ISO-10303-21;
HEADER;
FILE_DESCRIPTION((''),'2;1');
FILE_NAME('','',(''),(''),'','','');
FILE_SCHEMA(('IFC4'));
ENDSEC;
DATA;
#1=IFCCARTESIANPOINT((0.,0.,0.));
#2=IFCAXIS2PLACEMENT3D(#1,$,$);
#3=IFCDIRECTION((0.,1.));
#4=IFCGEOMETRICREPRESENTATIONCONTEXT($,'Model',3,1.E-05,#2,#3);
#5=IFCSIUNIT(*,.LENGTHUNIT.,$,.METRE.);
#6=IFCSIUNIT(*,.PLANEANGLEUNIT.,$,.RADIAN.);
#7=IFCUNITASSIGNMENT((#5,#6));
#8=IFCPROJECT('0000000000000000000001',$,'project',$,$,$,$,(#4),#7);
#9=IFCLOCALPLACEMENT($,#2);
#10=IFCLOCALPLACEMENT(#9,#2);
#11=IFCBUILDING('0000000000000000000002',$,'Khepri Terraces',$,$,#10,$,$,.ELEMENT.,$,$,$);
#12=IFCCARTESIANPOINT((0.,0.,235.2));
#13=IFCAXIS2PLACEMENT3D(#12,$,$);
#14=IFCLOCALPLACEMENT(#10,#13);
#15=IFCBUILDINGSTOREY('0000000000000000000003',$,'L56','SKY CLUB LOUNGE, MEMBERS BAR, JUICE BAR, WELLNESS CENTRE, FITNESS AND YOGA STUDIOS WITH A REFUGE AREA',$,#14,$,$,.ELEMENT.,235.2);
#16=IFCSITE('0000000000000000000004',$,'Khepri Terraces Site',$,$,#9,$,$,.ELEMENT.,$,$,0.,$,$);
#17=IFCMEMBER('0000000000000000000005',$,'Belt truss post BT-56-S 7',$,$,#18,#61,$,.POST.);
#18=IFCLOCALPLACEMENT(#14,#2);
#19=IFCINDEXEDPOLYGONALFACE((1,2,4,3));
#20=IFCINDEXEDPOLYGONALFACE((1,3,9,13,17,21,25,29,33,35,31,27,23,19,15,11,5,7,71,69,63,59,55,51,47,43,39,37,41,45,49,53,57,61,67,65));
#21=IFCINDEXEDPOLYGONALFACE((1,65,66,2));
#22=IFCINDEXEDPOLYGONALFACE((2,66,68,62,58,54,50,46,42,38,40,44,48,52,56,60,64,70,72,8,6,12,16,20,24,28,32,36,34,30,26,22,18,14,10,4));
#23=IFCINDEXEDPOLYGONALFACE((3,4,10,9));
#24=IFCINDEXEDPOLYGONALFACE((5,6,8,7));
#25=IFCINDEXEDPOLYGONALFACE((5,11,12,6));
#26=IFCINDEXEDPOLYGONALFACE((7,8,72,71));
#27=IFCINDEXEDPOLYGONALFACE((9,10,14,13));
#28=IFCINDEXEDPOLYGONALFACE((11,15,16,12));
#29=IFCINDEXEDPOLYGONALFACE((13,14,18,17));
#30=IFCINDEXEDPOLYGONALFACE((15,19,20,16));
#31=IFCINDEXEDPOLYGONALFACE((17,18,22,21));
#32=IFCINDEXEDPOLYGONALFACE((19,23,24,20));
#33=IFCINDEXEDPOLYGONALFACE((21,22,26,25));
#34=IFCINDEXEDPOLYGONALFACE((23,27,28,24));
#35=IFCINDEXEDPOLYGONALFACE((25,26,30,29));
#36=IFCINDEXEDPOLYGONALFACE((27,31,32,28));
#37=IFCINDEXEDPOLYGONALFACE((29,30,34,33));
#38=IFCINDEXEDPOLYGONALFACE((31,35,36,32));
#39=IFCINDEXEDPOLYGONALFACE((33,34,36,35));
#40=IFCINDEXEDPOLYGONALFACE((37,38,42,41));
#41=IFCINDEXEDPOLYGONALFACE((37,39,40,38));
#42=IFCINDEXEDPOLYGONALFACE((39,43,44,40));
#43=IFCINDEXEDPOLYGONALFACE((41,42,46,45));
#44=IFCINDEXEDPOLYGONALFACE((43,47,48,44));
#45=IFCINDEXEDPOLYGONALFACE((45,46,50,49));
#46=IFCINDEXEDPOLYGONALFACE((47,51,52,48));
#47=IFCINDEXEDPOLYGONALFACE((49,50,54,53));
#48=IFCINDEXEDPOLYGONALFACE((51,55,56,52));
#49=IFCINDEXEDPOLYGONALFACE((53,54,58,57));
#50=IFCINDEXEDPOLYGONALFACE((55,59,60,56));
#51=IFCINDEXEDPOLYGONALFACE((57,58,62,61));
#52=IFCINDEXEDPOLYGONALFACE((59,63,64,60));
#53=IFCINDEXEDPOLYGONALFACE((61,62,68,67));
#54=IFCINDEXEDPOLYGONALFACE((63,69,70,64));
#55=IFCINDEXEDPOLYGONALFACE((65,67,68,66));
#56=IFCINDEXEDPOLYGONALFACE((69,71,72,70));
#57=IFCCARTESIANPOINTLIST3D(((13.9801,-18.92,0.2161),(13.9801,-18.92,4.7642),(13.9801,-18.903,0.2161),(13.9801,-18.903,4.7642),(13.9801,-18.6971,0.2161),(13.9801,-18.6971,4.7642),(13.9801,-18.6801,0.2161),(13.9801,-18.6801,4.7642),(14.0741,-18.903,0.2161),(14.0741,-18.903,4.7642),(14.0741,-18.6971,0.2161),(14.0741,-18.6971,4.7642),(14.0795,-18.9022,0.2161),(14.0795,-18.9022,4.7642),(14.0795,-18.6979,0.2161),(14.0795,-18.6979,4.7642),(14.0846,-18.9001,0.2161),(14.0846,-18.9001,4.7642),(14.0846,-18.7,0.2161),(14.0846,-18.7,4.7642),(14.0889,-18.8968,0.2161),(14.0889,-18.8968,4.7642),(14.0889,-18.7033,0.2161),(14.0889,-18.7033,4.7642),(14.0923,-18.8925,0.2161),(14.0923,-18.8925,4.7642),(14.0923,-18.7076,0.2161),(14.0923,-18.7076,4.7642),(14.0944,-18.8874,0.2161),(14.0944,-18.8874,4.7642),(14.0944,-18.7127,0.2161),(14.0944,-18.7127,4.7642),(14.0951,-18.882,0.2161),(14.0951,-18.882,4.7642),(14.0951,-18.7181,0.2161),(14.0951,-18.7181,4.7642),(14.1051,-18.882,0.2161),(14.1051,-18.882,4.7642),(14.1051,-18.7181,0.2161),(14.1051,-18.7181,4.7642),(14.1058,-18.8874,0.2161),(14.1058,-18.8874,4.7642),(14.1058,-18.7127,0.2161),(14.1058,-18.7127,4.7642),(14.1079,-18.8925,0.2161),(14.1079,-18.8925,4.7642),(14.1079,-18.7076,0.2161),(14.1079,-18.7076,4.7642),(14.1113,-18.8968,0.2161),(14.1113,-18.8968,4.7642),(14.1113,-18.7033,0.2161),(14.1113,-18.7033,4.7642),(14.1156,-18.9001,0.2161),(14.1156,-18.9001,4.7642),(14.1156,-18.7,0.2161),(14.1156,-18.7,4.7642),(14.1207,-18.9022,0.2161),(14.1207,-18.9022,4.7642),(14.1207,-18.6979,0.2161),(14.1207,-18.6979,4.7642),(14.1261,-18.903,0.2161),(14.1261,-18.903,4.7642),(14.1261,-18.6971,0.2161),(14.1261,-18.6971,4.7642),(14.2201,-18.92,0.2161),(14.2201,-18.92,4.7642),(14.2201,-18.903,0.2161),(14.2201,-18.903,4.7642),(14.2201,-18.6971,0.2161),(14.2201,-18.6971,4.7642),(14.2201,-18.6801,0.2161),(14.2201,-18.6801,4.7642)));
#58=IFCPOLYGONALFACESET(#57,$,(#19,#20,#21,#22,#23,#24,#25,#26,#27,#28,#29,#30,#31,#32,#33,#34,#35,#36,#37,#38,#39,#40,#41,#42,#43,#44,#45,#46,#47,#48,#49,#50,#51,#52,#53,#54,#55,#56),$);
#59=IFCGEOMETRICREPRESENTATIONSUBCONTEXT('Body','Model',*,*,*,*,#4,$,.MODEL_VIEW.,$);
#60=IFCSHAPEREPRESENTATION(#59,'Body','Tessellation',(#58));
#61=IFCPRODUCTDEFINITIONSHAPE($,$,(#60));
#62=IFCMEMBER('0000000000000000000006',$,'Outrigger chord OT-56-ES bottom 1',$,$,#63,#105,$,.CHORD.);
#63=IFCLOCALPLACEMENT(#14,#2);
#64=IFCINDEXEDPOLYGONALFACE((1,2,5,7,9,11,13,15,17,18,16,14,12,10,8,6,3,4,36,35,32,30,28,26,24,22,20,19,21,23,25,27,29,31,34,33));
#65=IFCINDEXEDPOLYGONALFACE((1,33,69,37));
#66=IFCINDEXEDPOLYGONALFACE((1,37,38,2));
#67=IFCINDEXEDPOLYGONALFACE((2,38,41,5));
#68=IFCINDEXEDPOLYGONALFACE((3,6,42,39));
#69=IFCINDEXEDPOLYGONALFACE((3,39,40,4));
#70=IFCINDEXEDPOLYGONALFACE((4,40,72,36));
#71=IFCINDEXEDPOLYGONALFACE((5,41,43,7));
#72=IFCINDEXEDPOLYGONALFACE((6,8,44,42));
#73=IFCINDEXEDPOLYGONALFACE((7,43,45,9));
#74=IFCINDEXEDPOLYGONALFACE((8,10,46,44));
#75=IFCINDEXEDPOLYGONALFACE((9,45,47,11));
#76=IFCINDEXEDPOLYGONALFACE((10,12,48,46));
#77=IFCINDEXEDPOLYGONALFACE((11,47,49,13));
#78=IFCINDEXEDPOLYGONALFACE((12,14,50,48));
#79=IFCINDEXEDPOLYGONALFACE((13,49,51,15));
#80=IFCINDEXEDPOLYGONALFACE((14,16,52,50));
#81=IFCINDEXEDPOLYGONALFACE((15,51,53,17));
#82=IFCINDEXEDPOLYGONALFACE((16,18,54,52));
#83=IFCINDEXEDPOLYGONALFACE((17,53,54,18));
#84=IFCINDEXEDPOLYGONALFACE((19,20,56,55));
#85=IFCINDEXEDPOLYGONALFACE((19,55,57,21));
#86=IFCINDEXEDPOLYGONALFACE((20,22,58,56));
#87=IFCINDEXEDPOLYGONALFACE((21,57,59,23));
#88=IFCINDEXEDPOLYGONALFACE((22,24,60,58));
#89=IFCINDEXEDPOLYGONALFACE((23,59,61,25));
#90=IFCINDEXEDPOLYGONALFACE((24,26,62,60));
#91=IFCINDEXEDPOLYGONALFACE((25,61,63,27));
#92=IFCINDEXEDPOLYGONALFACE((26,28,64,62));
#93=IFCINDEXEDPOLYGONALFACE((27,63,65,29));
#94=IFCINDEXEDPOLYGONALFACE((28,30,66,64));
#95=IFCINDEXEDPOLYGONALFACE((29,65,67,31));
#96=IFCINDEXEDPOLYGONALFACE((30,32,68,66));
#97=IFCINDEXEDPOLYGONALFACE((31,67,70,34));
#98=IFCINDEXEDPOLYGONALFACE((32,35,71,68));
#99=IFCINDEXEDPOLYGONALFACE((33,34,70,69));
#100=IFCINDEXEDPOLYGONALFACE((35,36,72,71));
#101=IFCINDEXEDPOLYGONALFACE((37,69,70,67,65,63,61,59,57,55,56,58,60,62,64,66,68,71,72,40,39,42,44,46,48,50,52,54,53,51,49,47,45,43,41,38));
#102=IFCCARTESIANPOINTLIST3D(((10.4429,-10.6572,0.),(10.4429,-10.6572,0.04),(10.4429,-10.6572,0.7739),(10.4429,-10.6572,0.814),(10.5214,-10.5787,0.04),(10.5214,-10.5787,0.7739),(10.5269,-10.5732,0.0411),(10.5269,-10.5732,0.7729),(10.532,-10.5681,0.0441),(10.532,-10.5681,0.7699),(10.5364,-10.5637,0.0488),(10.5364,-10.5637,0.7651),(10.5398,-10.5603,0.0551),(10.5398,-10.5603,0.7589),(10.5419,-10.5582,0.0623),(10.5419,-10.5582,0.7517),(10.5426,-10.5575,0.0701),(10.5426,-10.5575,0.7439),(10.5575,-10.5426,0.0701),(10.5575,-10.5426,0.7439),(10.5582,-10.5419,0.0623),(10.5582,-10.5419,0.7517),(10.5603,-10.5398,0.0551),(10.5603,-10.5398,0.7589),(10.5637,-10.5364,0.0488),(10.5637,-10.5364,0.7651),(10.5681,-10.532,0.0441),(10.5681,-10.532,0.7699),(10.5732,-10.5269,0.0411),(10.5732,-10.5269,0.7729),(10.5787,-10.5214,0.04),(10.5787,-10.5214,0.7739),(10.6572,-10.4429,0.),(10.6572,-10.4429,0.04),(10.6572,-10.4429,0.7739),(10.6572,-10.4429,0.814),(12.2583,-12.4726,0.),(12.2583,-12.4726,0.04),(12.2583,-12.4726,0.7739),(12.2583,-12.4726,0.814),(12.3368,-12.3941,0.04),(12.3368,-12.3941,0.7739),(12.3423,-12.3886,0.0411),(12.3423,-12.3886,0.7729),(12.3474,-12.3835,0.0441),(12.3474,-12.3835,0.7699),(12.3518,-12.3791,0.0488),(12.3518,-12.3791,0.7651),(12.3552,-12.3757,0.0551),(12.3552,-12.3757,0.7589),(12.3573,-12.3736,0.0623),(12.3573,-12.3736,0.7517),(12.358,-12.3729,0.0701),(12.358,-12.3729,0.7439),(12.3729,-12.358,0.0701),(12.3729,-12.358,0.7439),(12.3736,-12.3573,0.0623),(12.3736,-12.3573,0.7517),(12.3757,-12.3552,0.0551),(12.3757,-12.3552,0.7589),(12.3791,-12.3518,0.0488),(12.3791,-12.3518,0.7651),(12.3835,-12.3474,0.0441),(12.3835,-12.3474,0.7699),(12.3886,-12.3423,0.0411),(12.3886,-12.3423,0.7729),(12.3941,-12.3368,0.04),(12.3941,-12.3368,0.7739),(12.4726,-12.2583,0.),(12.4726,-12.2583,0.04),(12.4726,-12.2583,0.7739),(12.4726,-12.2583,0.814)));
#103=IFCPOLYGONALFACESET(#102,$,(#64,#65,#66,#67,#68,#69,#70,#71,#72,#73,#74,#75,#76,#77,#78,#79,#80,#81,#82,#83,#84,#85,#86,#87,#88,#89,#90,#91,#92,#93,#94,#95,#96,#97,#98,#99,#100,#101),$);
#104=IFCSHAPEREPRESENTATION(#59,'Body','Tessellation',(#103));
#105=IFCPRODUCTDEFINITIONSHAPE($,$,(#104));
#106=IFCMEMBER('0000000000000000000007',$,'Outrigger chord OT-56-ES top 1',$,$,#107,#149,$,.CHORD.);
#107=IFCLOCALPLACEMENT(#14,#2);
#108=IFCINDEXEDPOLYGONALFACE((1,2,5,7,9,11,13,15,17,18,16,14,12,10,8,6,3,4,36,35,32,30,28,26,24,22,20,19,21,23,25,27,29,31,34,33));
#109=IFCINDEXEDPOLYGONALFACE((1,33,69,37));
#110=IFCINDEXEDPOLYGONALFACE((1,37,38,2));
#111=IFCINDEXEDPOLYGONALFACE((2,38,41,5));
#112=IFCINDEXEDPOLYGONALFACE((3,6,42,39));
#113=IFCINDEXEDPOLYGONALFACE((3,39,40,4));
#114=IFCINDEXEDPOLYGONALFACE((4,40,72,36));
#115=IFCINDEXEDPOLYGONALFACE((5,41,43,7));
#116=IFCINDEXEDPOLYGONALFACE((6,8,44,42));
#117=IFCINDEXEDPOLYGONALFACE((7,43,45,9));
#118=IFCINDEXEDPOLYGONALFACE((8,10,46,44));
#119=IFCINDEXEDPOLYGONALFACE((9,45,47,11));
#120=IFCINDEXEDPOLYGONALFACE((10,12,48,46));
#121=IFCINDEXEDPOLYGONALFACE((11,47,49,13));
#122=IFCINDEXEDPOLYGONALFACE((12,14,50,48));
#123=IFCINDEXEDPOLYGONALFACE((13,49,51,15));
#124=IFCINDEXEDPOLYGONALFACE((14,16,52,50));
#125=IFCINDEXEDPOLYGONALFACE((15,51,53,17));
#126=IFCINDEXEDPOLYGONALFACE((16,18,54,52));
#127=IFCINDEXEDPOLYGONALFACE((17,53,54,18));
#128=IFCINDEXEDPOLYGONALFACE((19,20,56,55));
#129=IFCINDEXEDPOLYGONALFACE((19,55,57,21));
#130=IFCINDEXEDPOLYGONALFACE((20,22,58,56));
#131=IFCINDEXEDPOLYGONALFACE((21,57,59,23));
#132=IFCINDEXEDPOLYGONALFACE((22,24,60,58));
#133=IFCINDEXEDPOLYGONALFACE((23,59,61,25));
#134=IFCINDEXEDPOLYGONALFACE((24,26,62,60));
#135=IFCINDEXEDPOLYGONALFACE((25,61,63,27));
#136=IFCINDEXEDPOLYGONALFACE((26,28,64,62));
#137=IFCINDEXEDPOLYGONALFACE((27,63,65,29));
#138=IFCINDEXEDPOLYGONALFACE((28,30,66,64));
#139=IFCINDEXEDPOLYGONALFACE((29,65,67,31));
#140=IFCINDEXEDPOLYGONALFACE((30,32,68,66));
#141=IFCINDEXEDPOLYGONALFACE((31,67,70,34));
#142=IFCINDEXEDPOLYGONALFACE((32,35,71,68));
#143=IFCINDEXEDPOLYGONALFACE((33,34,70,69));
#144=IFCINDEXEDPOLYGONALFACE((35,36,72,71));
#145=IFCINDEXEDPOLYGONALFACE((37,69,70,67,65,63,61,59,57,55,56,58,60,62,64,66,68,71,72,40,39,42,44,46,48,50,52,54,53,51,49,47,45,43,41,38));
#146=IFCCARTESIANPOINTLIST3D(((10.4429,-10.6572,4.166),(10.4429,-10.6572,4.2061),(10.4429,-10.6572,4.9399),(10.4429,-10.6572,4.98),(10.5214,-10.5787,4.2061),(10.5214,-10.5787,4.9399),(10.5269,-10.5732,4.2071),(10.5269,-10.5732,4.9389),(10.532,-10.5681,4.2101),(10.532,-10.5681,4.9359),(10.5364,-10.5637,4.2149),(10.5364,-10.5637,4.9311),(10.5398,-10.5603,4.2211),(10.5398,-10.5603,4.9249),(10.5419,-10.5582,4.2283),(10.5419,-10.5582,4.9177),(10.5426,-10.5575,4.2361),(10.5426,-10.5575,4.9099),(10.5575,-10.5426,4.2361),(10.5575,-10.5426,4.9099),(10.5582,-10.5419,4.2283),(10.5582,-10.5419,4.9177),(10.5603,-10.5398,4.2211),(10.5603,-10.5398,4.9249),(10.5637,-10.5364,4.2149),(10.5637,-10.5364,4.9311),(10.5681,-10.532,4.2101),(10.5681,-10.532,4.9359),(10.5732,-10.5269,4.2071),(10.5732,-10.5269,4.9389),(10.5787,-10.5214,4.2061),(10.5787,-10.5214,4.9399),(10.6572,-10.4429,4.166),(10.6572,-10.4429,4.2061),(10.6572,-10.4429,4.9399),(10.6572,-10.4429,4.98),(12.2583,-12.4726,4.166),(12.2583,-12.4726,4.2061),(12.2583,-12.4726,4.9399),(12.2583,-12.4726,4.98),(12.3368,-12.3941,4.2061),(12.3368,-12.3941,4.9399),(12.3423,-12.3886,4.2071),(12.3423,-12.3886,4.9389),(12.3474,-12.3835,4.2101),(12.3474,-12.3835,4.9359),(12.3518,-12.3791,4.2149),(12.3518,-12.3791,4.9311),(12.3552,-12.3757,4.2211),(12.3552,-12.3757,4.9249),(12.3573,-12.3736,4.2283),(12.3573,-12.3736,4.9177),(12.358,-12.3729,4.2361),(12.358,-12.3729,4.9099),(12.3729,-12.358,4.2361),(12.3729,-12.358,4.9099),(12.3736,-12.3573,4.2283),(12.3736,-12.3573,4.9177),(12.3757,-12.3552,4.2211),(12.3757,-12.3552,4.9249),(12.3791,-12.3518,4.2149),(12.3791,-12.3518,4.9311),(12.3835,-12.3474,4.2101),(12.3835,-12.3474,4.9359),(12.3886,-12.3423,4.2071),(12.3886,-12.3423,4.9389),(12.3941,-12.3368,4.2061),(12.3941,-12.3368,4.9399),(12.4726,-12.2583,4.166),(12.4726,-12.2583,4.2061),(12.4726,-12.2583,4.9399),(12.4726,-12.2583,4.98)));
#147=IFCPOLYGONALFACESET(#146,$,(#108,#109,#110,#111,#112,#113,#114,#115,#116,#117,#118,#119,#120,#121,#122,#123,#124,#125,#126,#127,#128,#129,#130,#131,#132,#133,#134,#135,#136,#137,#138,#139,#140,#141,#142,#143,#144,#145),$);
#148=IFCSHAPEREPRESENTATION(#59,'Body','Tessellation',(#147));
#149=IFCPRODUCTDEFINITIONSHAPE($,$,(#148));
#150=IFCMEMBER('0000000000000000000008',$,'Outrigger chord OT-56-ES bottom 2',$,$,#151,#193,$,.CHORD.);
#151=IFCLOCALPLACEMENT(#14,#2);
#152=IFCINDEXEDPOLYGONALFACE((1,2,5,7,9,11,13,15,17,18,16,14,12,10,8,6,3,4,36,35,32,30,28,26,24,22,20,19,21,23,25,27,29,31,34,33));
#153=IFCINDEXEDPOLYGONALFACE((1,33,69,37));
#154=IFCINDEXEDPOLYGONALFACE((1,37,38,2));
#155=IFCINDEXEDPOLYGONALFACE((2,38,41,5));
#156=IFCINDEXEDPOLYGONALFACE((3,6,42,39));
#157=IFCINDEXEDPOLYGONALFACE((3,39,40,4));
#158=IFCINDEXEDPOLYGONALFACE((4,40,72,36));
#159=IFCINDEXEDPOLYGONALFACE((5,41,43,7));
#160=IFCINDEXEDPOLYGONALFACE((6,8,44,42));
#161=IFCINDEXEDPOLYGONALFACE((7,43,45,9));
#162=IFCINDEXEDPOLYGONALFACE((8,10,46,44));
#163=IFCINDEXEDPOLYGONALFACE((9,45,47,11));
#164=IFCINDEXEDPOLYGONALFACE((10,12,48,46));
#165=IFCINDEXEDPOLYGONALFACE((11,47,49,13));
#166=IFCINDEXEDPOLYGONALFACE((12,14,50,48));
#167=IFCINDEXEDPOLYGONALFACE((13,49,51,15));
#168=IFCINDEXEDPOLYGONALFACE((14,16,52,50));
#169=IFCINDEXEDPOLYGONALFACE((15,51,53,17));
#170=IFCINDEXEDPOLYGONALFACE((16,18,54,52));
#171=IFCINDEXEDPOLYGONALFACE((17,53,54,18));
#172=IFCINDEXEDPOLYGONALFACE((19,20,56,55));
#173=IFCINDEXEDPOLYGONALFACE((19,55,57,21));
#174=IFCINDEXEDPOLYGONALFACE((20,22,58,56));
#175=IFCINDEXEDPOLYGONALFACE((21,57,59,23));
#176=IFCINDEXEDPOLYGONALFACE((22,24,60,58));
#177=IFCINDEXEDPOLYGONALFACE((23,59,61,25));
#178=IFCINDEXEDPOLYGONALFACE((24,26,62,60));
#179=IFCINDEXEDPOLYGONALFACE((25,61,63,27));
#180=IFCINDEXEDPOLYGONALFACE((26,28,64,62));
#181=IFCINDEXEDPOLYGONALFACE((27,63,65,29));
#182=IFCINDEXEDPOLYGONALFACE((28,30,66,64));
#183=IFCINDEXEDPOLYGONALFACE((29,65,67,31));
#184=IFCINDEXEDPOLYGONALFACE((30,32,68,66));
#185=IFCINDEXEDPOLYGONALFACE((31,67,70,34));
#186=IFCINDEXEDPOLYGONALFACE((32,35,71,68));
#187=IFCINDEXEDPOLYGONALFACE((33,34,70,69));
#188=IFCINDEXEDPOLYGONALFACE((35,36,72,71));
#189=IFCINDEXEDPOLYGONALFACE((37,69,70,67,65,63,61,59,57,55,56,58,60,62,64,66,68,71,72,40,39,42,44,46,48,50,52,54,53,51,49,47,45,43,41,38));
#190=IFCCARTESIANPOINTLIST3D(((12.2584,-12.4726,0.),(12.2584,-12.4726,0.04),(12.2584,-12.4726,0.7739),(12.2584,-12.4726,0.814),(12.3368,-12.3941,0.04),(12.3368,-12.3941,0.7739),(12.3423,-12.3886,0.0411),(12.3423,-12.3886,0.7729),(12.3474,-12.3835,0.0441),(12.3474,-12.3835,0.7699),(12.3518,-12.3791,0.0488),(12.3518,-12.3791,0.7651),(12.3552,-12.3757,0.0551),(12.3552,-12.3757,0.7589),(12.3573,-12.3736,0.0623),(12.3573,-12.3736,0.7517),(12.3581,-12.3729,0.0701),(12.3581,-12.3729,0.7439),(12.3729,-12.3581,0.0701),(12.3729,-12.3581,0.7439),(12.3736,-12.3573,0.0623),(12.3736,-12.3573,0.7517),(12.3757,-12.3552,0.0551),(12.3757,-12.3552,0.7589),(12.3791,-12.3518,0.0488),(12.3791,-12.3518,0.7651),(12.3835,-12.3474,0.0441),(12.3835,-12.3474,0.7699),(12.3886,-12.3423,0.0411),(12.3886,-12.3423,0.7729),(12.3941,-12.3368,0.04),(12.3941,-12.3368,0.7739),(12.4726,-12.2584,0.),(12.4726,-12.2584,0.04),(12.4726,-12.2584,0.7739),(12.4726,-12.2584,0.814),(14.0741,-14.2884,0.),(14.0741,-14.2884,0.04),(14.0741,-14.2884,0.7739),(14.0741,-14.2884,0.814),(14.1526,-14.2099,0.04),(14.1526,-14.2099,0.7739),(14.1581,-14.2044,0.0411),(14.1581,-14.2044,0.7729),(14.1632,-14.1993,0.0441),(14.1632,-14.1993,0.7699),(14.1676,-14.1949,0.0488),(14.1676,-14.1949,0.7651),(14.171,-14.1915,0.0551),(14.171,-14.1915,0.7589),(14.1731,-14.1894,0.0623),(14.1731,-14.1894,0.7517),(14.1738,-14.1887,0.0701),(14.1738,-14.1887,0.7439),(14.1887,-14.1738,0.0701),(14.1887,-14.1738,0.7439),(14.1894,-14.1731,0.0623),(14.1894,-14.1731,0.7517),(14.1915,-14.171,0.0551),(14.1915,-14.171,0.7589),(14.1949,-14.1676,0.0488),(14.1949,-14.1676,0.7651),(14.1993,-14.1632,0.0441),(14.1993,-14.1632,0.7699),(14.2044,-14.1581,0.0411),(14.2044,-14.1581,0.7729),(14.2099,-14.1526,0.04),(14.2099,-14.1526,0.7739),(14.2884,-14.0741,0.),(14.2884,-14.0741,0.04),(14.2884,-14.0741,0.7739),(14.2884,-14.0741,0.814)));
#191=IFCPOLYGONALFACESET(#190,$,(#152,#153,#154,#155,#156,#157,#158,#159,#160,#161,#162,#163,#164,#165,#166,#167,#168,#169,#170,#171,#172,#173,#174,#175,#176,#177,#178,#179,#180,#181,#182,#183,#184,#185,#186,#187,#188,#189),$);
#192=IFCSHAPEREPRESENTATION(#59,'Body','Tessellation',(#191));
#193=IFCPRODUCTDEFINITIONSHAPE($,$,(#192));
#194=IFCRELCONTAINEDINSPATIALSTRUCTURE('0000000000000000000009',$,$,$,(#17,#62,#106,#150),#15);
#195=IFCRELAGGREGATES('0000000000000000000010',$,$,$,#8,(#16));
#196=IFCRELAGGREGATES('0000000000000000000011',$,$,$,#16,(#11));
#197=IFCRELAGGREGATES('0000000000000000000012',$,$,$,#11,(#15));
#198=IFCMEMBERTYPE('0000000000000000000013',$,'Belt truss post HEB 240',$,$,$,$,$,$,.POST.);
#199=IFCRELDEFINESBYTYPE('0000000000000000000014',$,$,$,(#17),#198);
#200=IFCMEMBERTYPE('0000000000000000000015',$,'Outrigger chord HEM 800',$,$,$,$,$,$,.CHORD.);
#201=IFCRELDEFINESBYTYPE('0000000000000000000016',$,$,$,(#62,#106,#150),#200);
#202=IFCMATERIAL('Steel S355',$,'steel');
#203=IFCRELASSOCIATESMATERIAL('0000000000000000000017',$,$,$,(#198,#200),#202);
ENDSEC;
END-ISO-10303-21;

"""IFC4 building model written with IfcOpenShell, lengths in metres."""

from ifc_helpers import new_model, si_unit, direction, frame, origin, origin_2d, place, context, subcontext, project, spatial, i_section, extrude, material, material_profile, profile_set, type_object, element, save


model = new_model("IFC4")

# Units and contexts
model_context = context("Model", 3, precision=1e-05, world=origin(), true_north=direction((0.0, 1.0)))
body_context = subcontext(model_context, "Body", "Model", "MODEL_VIEW")
ifc_project = project(units=[si_unit("LENGTHUNIT", "METRE"), si_unit("PLANEANGLEUNIT", "RADIAN")], contexts=[model_context])

# Site, building, storey
site_placement = place(None, origin())
site = spatial("IfcSite", under=ifc_project, at=site_placement, Name="Khepri Terraces Site", CompositionType="ELEMENT", RefElevation=0.0)
building_placement = place(site_placement, origin())
building = spatial("IfcBuilding", under=site, at=building_placement, Name="Khepri Terraces", CompositionType="ELEMENT")
storey_placement = place(building_placement, frame((0.0, 0.0, 235.2)))
storey = spatial("IfcBuildingStorey", under=building, at=storey_placement, Name="L56", Description="SKY CLUB LOUNGE, MEMBERS BAR, JUICE BAR, WELLNESS CENTRE, FITNESS AND YOGA STUDIOS WITH A REFUGE AREA", CompositionType="ELEMENT", Elevation=235.2)

# Members
ifc_material_1 = material(Name="Steel S355", Category="steel")
ifc_material_profile_1 = material_profile(ifc_material_1, i_section(OverallWidth=0.24, OverallDepth=0.24, WebThickness=0.01, FlangeThickness=0.0171, FilletRadius=0.021, at=origin_2d()), Name="Steel S355", Category="steel")
ifc_profile_set_1 = profile_set([ifc_material_profile_1], Name="Steel S355")
member_type_1 = type_object("IfcMemberType", Name="Belt truss post HEB 240", PredefinedType="POST", material=ifc_profile_set_1)
member_1_placement = place(storey_placement, frame((14.1001, -18.8, 0.2161), z_axis=(0.0, 0.0, 1.0), x_axis=(1.0, 0.0, 0.0)))
element("IfcMember", 1, at=member_1_placement, inside=storey, type_object=member_type_1, Name="Belt truss post BT-56-S 7", PredefinedType="POST", context=body_context, shape_type="SweptSolid", body=[
    extrude(i_section(OverallWidth=0.24, OverallDepth=0.24, WebThickness=0.01, FlangeThickness=0.0171, FilletRadius=0.021, at=origin_2d()), origin(), (0.0, 0.0, 1.0), 4.5481),
])
ifc_material_profile_2 = material_profile(ifc_material_1, i_section(OverallWidth=0.303, OverallDepth=0.814, WebThickness=0.021, FlangeThickness=0.04, FilletRadius=0.03, at=origin_2d()), Name="Steel S355", Category="steel")
ifc_profile_set_2 = profile_set([ifc_material_profile_2], Name="Steel S355")
member_type_2 = type_object("IfcMemberType", Name="Outrigger chord HEM 800", PredefinedType="CHORD", material=ifc_profile_set_2)
for number, where, z_axis, x_axis, name in (
    (2, (10.55, -10.55, 0.407), (0.707107, -0.707107, 0.0), (0.707107, 0.707107, 0.0), "Outrigger chord OT-56-ES bottom 1"),
    (3, (10.55, -10.55, 4.573), (0.707107, -0.707107, 0.0), (0.707107, 0.707107, 0.0), "Outrigger chord OT-56-ES top 1"),
):
    element("IfcMember", number, at=place(storey_placement, frame(where, z_axis=z_axis, x_axis=x_axis)), inside=storey, type_object=member_type_2, Name=name, PredefinedType="CHORD", context=body_context, shape_type="SweptSolid", body=[
        extrude(i_section(OverallWidth=0.303, OverallDepth=0.814, WebThickness=0.021, FlangeThickness=0.04, FilletRadius=0.03, at=origin_2d()), origin(), (0.0, 0.0, 1.0), 2.5674),
    ])
for number, where, z_axis, x_axis, name in (
    (4, (12.3655, -12.3655, 0.407), (0.707107, -0.707107, 0.0), (0.707107, 0.707107, 0.0), "Outrigger chord OT-56-ES bottom 2"),
):
    element("IfcMember", number, at=place(storey_placement, frame(where, z_axis=z_axis, x_axis=x_axis)), inside=storey, type_object=member_type_2, Name=name, PredefinedType="CHORD", context=body_context, shape_type="SweptSolid", body=[
        extrude(i_section(OverallWidth=0.303, OverallDepth=0.814, WebThickness=0.021, FlangeThickness=0.04, FilletRadius=0.03, at=origin_2d()), origin(), (0.0, 0.0, 1.0), 2.5679),
    ])

save(model, "model.ifc")
